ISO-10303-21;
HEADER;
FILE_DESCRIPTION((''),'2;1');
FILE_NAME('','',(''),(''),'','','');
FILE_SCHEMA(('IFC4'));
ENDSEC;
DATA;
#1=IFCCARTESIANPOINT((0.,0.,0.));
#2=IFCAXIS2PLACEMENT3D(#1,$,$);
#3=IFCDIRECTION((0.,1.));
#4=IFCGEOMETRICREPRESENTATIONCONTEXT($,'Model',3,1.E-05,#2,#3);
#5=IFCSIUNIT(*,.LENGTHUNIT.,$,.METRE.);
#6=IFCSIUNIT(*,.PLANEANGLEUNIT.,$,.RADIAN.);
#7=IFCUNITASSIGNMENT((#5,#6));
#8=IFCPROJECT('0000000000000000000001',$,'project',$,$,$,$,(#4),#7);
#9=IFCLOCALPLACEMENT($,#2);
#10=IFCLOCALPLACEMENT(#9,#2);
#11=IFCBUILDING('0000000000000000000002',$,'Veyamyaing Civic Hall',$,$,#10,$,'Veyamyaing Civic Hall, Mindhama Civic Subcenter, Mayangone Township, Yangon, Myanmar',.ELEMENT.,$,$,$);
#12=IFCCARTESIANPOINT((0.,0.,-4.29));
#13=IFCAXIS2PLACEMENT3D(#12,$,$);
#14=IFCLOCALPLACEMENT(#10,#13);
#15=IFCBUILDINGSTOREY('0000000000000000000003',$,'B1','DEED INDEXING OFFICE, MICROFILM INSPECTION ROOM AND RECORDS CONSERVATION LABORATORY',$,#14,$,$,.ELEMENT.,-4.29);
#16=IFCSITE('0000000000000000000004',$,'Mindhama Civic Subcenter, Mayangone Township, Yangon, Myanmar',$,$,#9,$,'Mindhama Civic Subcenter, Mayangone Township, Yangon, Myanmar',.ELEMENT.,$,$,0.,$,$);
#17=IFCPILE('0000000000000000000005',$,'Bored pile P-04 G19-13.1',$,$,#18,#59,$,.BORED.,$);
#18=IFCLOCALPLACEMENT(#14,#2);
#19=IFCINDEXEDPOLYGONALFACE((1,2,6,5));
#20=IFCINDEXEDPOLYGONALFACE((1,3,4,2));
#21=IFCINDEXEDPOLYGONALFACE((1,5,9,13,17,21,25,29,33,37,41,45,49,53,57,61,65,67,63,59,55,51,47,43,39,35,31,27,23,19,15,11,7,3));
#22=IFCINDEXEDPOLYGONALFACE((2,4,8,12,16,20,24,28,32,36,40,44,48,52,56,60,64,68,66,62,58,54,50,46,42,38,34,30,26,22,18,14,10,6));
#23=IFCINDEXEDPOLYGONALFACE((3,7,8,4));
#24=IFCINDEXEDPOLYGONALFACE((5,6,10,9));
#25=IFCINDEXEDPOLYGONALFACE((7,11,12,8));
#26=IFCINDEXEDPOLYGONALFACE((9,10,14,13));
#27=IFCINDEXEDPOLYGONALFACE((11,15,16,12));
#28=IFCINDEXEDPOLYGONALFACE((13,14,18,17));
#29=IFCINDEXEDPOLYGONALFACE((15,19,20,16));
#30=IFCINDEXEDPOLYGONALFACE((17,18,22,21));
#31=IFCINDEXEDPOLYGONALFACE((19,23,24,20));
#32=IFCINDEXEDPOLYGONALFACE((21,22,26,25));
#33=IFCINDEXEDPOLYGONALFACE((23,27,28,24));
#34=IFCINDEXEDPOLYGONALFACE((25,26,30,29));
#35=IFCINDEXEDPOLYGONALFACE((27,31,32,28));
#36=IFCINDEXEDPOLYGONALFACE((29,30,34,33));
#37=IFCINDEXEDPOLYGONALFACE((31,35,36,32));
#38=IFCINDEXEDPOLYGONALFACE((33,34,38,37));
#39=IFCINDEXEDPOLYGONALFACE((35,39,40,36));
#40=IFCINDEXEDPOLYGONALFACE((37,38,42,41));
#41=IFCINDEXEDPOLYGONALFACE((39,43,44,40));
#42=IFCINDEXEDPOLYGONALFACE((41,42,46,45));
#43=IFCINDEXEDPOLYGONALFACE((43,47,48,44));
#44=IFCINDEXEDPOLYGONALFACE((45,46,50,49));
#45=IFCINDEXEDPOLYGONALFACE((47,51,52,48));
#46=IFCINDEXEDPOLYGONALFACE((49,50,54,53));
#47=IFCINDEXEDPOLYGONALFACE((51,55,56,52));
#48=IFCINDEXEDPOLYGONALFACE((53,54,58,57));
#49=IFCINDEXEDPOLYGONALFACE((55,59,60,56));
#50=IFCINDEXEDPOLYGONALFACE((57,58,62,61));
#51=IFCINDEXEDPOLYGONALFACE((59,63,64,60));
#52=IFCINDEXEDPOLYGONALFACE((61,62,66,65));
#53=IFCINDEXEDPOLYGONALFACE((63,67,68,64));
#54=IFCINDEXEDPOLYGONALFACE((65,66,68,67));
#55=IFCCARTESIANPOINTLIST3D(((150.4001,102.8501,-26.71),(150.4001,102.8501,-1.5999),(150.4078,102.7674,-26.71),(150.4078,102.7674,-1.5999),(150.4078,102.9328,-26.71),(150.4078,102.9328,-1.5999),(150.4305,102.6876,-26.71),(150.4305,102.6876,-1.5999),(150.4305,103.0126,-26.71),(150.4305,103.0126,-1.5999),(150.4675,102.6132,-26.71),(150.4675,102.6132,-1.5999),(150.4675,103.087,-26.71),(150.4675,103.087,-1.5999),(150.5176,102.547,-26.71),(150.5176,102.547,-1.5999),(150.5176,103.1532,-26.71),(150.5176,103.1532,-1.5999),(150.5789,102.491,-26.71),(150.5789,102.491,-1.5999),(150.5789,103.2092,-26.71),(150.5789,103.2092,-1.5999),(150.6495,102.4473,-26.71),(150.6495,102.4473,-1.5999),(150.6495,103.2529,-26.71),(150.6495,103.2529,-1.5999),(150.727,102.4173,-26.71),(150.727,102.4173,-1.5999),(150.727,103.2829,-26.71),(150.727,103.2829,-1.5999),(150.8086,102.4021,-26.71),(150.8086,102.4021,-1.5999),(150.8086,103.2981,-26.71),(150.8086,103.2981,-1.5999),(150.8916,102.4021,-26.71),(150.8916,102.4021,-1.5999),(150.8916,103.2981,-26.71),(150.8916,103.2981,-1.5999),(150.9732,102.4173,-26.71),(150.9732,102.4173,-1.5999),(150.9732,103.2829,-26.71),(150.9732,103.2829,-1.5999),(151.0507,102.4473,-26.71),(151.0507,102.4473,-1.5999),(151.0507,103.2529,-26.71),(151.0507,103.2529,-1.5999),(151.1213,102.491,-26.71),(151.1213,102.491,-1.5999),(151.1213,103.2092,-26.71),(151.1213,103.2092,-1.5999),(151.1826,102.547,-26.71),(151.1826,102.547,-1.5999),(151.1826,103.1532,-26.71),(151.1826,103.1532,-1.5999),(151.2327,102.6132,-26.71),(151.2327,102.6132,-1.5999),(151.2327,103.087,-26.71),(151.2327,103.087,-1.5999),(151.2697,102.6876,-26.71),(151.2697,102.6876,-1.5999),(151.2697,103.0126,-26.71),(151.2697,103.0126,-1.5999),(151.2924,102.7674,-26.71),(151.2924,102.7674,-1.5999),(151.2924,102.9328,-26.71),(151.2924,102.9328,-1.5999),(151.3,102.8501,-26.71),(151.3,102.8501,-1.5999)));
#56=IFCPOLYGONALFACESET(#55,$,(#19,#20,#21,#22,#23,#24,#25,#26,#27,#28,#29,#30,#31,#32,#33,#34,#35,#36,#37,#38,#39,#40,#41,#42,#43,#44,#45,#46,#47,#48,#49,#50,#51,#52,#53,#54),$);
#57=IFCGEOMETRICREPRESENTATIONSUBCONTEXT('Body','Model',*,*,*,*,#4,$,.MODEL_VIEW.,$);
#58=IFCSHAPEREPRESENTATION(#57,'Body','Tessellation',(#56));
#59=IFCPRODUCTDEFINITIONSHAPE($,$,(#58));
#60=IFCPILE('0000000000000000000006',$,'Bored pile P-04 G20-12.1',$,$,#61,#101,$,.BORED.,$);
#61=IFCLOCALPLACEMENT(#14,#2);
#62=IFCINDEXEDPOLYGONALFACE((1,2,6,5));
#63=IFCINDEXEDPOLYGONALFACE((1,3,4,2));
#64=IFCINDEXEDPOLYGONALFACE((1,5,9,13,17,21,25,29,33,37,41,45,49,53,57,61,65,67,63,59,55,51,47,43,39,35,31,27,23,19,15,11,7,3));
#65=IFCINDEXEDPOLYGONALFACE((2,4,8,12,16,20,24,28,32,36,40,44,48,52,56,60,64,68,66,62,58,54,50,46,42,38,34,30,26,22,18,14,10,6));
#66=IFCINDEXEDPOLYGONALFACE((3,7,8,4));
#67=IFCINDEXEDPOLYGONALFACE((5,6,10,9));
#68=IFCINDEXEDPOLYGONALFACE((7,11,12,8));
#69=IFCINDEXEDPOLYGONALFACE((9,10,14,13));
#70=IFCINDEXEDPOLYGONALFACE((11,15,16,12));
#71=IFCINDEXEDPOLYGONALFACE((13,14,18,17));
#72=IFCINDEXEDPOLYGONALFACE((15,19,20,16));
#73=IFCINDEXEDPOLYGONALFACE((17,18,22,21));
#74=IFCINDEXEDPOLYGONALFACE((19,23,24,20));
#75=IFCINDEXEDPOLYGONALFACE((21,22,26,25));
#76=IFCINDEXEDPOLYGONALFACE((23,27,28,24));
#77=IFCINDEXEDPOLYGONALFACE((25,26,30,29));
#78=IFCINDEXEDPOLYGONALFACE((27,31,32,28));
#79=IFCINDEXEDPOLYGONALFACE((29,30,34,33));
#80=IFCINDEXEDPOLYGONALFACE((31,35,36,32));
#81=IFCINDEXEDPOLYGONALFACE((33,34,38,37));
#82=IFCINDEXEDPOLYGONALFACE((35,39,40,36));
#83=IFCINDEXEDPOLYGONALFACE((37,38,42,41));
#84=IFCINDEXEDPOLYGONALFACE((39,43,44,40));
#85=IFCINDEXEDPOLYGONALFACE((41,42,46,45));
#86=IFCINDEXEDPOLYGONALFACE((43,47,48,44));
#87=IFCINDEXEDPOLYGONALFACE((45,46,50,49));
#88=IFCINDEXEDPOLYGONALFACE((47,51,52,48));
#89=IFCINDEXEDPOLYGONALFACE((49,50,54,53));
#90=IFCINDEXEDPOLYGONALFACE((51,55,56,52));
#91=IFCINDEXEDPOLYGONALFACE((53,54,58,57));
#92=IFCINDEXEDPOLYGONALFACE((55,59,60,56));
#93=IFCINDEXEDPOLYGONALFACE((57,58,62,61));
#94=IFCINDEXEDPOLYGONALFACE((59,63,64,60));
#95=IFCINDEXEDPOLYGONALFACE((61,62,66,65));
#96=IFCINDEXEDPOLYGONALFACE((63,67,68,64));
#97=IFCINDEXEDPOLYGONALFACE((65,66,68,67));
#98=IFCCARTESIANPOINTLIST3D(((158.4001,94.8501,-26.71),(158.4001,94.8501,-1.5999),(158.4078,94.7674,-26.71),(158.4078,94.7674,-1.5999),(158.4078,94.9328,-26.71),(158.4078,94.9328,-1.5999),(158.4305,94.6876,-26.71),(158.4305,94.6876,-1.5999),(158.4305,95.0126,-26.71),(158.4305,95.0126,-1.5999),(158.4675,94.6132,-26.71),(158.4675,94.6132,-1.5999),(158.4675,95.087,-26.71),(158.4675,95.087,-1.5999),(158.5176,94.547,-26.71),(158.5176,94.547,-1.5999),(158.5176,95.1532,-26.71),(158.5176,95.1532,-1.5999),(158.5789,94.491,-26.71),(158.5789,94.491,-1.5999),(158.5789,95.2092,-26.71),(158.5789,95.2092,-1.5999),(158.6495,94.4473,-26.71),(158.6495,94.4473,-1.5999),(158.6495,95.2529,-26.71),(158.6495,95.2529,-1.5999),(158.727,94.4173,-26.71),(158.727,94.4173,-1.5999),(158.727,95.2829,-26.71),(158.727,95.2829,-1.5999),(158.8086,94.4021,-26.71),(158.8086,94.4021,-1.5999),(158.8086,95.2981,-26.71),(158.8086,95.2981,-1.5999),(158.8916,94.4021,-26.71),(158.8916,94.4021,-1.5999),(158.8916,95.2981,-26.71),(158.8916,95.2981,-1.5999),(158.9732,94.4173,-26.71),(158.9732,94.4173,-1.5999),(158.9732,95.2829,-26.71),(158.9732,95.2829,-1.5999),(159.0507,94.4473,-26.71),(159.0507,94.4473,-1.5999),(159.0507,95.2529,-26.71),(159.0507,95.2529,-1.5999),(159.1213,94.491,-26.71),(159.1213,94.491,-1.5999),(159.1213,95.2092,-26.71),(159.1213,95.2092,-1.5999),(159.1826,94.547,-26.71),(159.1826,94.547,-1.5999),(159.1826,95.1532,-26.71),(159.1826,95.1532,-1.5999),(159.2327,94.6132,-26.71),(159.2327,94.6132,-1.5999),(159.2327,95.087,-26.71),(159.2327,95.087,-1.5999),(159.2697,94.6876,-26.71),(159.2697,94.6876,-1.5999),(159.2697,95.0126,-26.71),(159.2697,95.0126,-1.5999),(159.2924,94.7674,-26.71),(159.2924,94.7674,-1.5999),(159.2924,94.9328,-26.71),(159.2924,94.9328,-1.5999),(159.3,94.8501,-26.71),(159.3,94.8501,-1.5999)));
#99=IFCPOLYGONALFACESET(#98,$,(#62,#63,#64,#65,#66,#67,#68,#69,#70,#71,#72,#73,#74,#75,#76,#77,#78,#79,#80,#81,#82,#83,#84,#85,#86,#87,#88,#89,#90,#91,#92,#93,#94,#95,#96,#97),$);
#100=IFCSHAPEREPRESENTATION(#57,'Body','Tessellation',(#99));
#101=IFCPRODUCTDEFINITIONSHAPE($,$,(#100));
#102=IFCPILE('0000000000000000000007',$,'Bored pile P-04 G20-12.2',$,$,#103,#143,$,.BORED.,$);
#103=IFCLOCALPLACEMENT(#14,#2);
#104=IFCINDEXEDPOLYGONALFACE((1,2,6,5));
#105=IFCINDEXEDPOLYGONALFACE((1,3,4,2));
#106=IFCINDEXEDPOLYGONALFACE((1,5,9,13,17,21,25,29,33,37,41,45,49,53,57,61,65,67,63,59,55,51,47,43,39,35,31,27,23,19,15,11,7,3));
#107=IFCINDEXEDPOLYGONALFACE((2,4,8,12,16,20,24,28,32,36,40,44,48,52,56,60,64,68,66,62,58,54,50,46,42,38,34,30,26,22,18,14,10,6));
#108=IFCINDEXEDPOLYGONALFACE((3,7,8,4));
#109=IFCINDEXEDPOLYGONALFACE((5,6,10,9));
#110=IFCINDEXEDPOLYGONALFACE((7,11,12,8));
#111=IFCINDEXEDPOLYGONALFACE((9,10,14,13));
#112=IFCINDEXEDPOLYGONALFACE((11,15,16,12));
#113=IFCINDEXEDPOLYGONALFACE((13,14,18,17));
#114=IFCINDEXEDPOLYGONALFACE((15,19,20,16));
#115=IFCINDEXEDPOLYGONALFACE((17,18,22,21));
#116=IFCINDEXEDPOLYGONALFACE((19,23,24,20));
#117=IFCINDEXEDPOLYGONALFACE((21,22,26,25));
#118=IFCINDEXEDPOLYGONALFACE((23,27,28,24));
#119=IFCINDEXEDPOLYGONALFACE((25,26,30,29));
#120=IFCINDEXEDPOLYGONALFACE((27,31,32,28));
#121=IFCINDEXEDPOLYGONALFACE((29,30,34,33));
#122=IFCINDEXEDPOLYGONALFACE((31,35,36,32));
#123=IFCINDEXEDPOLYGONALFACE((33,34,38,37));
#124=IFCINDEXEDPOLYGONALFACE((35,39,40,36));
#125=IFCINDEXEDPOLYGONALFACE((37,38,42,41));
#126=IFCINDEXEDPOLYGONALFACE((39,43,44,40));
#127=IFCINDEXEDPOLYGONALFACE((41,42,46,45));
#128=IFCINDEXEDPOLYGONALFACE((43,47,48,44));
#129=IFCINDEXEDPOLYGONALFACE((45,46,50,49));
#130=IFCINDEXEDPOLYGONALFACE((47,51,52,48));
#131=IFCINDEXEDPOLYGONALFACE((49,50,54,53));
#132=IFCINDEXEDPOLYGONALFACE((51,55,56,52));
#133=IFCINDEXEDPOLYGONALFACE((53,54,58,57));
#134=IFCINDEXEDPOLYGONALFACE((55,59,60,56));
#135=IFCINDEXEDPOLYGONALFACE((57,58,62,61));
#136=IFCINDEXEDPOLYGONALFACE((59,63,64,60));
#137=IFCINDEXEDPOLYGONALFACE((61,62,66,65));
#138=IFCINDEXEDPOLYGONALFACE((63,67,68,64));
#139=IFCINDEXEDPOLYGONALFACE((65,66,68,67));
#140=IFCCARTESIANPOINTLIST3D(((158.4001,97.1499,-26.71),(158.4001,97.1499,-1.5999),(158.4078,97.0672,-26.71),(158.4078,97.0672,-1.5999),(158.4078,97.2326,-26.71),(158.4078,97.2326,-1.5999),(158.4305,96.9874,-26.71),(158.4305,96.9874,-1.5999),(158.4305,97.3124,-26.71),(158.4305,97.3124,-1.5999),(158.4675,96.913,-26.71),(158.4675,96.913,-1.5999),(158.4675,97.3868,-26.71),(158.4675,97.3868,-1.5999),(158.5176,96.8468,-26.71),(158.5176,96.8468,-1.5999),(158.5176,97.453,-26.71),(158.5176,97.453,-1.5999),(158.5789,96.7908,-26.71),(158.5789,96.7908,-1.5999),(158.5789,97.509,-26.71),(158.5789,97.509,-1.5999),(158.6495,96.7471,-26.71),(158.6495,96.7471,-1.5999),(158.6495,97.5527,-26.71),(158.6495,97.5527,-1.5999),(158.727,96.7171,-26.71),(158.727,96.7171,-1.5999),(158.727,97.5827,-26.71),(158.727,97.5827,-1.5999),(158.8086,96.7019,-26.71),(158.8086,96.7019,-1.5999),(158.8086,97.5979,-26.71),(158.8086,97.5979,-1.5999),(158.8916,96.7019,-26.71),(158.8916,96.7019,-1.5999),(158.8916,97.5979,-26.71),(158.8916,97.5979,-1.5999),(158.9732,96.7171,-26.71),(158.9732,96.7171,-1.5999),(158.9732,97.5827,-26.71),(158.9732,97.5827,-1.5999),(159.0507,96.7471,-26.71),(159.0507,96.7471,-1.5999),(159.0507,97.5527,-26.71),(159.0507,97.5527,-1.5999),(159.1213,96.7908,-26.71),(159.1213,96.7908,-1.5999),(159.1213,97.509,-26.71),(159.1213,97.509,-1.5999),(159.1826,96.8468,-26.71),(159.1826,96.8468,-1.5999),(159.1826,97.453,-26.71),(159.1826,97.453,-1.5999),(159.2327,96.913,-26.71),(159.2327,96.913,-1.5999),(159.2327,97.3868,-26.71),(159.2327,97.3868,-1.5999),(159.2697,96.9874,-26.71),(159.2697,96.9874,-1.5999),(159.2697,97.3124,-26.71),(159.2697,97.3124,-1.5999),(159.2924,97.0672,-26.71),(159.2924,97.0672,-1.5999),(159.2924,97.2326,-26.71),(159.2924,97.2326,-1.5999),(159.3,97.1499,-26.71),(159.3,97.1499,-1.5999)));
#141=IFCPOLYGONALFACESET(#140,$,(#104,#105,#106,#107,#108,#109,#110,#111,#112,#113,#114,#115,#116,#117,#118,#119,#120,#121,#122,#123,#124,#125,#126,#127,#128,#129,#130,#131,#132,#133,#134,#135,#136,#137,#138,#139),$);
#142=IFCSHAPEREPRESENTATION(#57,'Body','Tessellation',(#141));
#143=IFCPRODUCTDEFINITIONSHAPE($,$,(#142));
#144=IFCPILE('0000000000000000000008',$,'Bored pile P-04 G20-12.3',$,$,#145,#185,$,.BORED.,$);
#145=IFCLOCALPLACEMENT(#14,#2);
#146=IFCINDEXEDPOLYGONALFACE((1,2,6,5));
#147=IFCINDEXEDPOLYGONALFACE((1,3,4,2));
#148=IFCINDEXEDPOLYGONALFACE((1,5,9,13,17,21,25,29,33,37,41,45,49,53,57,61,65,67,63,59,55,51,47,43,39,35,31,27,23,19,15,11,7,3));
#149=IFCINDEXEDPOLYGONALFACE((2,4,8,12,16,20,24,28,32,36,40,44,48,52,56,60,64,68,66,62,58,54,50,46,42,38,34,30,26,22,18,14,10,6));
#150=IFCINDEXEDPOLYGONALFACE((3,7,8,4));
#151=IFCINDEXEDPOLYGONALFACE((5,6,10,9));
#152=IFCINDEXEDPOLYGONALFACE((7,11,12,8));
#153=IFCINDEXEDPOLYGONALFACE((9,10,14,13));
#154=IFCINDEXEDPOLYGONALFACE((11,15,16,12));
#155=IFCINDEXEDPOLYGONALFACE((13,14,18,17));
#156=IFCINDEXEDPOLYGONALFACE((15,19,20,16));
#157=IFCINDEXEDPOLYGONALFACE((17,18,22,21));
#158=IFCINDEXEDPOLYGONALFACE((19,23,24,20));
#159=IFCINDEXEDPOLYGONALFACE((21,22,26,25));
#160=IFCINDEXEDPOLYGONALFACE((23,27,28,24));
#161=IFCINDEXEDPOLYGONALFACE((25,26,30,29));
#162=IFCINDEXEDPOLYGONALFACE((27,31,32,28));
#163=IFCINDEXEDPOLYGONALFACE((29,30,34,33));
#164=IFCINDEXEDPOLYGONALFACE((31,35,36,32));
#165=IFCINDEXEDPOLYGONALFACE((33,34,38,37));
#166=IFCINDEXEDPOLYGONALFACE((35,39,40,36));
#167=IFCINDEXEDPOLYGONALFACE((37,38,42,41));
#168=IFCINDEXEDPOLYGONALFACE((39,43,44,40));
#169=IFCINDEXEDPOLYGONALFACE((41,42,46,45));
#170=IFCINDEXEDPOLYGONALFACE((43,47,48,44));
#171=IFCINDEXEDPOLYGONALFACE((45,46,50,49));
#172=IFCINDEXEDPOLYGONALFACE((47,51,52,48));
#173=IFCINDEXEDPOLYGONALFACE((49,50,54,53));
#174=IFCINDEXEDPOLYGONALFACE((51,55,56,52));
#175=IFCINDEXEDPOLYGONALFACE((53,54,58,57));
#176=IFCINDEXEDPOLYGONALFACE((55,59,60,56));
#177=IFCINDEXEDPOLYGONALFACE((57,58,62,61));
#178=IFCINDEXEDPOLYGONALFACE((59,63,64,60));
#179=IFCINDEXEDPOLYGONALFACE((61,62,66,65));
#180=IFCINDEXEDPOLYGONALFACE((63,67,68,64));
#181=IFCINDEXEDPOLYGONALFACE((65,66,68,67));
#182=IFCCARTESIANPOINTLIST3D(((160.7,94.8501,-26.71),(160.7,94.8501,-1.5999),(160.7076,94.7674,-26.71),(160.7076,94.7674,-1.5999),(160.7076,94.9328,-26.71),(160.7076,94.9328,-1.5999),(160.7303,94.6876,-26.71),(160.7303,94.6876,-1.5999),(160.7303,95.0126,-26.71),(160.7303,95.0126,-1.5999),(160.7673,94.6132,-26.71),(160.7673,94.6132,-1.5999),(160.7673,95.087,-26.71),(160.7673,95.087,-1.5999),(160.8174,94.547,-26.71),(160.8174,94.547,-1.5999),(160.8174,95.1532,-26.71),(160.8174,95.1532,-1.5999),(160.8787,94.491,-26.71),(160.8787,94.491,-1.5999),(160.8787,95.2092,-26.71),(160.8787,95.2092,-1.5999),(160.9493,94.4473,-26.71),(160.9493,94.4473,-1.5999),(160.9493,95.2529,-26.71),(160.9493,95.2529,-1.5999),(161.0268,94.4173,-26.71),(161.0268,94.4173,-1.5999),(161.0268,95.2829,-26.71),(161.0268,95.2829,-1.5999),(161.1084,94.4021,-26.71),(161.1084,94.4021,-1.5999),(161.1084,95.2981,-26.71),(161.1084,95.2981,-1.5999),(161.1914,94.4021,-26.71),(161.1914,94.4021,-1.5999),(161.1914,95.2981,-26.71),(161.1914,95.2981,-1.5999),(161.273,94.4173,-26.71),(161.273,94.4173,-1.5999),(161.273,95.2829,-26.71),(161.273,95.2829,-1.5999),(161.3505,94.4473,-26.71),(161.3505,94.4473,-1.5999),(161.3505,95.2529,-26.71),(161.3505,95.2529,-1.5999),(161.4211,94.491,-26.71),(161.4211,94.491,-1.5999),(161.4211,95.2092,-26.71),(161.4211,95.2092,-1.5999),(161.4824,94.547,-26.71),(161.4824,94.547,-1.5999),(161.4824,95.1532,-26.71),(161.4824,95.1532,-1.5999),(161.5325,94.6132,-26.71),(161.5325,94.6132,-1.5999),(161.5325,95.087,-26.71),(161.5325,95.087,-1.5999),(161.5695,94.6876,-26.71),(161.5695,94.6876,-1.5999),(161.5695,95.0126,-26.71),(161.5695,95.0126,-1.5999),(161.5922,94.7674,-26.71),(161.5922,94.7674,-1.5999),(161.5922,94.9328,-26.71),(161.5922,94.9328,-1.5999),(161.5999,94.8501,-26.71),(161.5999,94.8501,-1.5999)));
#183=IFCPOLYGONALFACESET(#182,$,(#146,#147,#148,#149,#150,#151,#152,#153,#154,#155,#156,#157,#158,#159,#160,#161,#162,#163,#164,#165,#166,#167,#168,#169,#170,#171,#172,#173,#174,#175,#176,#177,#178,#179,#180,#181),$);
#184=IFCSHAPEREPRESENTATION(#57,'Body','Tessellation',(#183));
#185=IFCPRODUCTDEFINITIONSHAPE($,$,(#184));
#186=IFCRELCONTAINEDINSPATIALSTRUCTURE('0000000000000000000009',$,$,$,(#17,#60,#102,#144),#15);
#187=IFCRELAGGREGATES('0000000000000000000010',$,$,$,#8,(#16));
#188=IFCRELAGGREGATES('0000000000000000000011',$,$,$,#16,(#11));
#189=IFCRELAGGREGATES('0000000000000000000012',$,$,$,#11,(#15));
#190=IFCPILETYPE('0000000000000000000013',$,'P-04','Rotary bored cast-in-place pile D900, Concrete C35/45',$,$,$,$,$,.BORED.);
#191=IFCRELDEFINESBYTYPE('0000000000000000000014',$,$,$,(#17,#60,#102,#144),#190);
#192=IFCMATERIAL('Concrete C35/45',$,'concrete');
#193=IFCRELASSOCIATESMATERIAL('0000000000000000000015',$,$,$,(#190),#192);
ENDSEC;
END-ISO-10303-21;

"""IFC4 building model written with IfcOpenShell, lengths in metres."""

from ifc_helpers import new_model, si_unit, direction, frame, origin, origin_2d, place, context, subcontext, project, spatial, circle, extrude, material, material_profile, profile_set, type_object, element, save


model = new_model("IFC4")

# Units and contexts
model_context = context("Model", 3, precision=1e-05, world=origin(), true_north=direction((0.0, 1.0)))
body_context = subcontext(model_context, "Body", "Model", "MODEL_VIEW")
ifc_project = project(units=[si_unit("LENGTHUNIT", "METRE"), si_unit("PLANEANGLEUNIT", "RADIAN")], contexts=[model_context])

# Site, building, storey
site_placement = place(None, origin())
site = spatial("IfcSite", under=ifc_project, at=site_placement, Name="Mindhama Civic Subcenter, Mayangone Township, Yangon, Myanmar", LongName="Mindhama Civic Subcenter, Mayangone Township, Yangon, Myanmar", CompositionType="ELEMENT", RefElevation=0.0)
building_placement = place(site_placement, origin())
building = spatial("IfcBuilding", under=site, at=building_placement, Name="Veyamyaing Civic Hall", LongName="Veyamyaing Civic Hall, Mindhama Civic Subcenter, Mayangone Township, Yangon, Myanmar", CompositionType="ELEMENT")
storey_placement = place(building_placement, frame((0.0, 0.0, -4.29)))
storey = spatial("IfcBuildingStorey", under=building, at=storey_placement, Name="B1", Description="DEED INDEXING OFFICE, MICROFILM INSPECTION ROOM AND RECORDS CONSERVATION LABORATORY", CompositionType="ELEMENT", Elevation=-4.29)

# Piles
ifc_material_1 = material(Name="Concrete C35/45", Category="concrete")
ifc_material_profile_1 = material_profile(ifc_material_1, circle(Radius=0.45, at=origin_2d()), Name="PILE-D900")
ifc_profile_set_1 = profile_set([ifc_material_profile_1], Name="Concrete C35/45")
pile_type = type_object("IfcPileType", Name="P-04", Description="Rotary bored cast-in-place pile D900, Concrete C35/45", PredefinedType="BORED", material=ifc_profile_set_1)
for number, where, z_axis, x_axis, name in (
    (1, (150.8501, 102.8501, -1.5999), (0.0, 0.0, -1.0), (1.0, 0.0, 0.0), "Bored pile P-04 G19-13.1"),
    (2, (158.8501, 94.8501, -1.5999), (0.0, 0.0, -1.0), (1.0, 0.0, 0.0), "Bored pile P-04 G20-12.1"),
    (3, (158.8501, 97.1499, -1.5999), (0.0, 0.0, -1.0), (1.0, 0.0, 0.0), "Bored pile P-04 G20-12.2"),
    (4, (161.1499, 94.8501, -1.5999), (0.0, 0.0, -1.0), (1.0, 0.0, 0.0), "Bored pile P-04 G20-12.3"),
):
    element("IfcPile", number, at=place(storey_placement, frame(where, z_axis=z_axis, x_axis=x_axis)), inside=storey, type_object=pile_type, Name=name, PredefinedType="BORED", context=body_context, shape_type="SweptSolid", body=[
        extrude(circle(Radius=0.45, at=origin_2d()), origin(), (0.0, 0.0, 1.0), 25.1101),
    ])

save(model, "model.ifc")
